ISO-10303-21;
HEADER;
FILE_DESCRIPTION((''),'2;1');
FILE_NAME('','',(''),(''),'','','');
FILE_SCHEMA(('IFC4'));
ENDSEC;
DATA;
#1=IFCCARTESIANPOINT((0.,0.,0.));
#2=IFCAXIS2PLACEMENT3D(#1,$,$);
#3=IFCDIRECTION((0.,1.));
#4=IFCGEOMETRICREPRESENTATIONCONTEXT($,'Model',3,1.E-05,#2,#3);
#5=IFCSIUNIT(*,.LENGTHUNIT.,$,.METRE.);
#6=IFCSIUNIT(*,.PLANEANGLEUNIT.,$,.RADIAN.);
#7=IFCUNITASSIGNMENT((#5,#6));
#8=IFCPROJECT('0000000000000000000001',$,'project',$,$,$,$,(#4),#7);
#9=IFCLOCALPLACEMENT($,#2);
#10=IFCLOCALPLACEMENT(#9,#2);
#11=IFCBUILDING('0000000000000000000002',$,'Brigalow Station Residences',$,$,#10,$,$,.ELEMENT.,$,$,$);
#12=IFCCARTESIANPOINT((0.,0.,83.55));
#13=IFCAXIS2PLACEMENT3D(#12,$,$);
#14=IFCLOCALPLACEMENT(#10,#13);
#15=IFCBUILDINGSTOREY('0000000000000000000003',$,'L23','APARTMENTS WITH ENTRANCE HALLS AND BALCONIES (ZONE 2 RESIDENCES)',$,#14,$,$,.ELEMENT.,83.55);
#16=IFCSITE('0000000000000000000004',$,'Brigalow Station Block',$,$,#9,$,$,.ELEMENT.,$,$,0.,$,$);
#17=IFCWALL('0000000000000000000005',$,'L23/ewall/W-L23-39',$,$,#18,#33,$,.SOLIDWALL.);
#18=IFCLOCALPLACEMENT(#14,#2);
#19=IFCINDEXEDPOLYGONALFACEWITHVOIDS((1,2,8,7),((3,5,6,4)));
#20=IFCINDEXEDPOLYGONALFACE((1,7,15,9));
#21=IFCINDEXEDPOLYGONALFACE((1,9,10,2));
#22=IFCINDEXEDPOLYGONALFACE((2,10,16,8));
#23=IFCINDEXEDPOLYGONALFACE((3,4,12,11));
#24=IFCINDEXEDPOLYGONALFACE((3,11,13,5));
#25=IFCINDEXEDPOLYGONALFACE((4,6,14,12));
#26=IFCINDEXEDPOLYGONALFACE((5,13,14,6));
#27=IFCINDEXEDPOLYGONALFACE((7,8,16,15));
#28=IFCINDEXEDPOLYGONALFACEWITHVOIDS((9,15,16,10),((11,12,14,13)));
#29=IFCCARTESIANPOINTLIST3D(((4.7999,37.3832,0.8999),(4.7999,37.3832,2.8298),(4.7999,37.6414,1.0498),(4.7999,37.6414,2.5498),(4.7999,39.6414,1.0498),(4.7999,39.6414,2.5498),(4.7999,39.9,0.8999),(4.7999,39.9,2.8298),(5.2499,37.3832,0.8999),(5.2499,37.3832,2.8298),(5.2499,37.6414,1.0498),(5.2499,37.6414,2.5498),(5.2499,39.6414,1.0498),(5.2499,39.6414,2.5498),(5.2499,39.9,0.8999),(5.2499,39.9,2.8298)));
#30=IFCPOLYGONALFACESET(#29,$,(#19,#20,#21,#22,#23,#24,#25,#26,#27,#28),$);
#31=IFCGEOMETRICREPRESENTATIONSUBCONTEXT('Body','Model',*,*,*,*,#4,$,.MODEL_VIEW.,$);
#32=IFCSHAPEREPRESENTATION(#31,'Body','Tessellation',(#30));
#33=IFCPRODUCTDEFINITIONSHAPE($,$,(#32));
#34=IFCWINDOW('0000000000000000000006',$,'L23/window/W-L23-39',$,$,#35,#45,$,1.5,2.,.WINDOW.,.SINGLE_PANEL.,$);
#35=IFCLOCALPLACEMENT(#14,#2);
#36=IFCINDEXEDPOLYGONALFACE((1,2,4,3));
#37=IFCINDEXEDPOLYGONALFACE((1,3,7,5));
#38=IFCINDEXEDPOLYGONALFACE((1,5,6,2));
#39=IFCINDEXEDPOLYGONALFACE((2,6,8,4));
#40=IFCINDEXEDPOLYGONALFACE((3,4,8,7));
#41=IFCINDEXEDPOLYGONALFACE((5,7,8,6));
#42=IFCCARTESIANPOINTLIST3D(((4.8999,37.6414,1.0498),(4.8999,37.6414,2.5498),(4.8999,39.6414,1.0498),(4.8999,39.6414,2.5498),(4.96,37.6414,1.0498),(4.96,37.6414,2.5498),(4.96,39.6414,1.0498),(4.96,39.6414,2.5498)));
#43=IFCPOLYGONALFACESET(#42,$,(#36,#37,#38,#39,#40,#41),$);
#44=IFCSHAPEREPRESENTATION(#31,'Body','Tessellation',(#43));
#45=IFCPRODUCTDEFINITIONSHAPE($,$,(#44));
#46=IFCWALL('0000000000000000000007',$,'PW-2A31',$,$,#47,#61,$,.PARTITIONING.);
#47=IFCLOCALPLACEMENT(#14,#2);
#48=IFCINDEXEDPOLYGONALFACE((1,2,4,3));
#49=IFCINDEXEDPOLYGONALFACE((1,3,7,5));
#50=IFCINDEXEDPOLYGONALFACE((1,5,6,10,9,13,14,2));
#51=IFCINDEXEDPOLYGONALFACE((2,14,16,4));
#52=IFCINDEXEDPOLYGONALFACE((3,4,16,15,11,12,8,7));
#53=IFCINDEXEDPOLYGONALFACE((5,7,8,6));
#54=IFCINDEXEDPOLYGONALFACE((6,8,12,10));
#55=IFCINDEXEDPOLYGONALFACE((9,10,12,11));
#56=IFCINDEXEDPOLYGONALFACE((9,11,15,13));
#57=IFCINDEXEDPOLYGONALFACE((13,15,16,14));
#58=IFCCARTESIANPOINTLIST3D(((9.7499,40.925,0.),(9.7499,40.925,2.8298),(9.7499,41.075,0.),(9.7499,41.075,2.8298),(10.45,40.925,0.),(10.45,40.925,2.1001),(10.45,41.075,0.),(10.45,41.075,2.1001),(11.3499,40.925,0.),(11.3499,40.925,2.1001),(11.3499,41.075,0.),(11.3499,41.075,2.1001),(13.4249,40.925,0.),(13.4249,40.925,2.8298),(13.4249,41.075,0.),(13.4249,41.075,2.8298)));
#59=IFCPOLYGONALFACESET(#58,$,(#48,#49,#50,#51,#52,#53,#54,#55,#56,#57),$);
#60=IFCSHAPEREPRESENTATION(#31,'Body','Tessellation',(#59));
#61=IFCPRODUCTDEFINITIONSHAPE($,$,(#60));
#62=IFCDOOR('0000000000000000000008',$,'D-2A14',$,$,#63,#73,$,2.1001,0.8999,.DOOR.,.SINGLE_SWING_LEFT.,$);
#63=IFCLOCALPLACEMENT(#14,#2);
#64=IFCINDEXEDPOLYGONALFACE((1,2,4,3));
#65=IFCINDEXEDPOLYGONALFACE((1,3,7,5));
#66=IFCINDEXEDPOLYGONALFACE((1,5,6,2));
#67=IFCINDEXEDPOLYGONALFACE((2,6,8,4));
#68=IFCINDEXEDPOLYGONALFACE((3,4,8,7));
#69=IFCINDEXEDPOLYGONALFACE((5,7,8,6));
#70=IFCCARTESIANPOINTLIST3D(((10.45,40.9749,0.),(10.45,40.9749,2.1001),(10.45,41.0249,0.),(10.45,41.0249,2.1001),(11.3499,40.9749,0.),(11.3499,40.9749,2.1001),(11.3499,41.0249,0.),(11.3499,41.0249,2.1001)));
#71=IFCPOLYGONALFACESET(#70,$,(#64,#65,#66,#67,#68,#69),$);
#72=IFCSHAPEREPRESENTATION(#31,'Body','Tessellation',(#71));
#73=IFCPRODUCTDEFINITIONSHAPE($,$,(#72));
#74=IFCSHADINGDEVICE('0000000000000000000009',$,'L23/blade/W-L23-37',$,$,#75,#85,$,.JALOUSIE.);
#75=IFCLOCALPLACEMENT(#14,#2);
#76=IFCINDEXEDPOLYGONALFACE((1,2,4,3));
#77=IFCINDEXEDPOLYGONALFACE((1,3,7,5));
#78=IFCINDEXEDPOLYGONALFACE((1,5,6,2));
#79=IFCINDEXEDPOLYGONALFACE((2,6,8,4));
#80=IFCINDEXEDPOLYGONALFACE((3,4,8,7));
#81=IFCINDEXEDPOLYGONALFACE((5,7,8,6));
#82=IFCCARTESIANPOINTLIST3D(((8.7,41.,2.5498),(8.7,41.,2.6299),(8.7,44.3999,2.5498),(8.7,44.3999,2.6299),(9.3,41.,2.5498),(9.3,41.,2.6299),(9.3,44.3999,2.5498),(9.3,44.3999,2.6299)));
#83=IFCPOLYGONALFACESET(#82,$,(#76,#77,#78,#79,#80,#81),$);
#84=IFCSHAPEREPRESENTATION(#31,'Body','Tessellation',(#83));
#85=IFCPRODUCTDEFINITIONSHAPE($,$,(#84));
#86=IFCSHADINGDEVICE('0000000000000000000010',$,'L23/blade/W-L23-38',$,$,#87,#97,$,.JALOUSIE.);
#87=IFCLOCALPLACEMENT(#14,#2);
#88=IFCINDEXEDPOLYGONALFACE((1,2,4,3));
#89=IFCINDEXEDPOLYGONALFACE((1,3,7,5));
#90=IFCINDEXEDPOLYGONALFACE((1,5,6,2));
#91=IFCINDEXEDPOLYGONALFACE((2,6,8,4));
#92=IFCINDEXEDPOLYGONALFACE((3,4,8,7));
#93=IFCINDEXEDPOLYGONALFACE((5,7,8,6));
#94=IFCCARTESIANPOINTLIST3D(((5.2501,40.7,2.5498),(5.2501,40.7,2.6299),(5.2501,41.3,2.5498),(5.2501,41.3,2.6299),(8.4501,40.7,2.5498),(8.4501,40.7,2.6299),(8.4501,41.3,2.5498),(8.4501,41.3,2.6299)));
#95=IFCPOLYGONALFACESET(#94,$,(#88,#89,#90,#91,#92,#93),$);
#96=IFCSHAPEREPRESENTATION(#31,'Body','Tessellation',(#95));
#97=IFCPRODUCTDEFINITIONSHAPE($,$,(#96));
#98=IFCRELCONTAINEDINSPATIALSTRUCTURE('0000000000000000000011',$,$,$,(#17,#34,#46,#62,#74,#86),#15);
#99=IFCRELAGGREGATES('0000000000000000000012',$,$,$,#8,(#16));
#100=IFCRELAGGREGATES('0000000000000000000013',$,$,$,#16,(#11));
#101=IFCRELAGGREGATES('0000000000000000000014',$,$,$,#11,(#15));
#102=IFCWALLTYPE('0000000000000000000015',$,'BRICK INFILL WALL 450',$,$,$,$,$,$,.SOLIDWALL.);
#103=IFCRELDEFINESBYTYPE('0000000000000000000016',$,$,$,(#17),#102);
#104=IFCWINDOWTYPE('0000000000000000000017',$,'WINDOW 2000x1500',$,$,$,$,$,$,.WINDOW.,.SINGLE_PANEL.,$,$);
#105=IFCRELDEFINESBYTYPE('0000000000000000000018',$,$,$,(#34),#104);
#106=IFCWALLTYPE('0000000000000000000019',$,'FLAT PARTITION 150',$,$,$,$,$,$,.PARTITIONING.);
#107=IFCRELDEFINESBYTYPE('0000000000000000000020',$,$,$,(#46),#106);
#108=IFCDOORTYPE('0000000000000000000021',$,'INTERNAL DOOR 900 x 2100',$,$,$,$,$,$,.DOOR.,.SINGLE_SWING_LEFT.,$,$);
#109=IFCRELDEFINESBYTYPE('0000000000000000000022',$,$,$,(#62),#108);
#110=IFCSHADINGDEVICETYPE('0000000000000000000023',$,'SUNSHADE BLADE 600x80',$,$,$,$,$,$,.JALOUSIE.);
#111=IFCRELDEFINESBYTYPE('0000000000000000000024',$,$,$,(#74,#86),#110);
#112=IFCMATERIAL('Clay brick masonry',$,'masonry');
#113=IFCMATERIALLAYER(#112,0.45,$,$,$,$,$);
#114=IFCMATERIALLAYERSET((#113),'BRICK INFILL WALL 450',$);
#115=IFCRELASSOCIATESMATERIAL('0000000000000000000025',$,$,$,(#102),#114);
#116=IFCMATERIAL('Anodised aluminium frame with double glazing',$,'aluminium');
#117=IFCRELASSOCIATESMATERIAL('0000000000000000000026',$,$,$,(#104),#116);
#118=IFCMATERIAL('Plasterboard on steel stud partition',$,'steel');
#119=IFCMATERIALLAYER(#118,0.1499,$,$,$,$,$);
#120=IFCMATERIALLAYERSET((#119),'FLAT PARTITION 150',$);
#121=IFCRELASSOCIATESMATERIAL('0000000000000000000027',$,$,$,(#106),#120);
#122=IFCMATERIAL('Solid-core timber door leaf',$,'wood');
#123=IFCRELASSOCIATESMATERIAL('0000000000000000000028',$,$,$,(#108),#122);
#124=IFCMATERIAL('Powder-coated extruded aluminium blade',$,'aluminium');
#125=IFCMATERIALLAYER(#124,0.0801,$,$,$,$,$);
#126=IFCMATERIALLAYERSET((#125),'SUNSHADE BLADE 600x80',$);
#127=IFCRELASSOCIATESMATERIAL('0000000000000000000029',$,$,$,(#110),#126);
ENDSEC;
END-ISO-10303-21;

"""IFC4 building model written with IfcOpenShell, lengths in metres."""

from ifc_helpers import new_model, si_unit, direction, frame, frame_2d, origin, origin_2d, place, context, subcontext, project, spatial, rectangle, extrude, material, layer, layer_set, type_object, element, fill, save


model = new_model("IFC4")

# Units and contexts
model_context = context("Model", 3, precision=1e-05, world=origin(), true_north=direction((0.0, 1.0)))
body_context = subcontext(model_context, "Body", "Model", "MODEL_VIEW")
ifc_project = project(units=[si_unit("LENGTHUNIT", "METRE"), si_unit("PLANEANGLEUNIT", "RADIAN")], contexts=[model_context])

# Site, building, storey
site_placement = place(None, origin())
site = spatial("IfcSite", under=ifc_project, at=site_placement, Name="Brigalow Station Block", CompositionType="ELEMENT", RefElevation=0.0)
building_placement = place(site_placement, origin())
building = spatial("IfcBuilding", under=site, at=building_placement, Name="Brigalow Station Residences", CompositionType="ELEMENT")
storey_placement = place(building_placement, frame((0.0, 0.0, 83.55)))
storey = spatial("IfcBuildingStorey", under=building, at=storey_placement, Name="L23", Description="APARTMENTS WITH ENTRANCE HALLS AND BALCONIES (ZONE 2 RESIDENCES)", CompositionType="ELEMENT", Elevation=83.55)

# Shared definitions
ifc_material_1 = material(Name="Clay brick masonry", Category="masonry")
ifc_layer_1 = layer(ifc_material_1, 0.45)
ifc_layer_set_1 = layer_set([ifc_layer_1], Name="BRICK INFILL WALL 450")
wall_type_1 = type_object("IfcWallType", Name="BRICK INFILL WALL 450", PredefinedType="SOLIDWALL", material=ifc_layer_set_1)

# Wall, opening, window
wall_1_placement = place(storey_placement, frame((5.0249, 39.8999, 0.8999), z_axis=(0.0, 0.0, 1.0), x_axis=(0.0, -1.0, 0.0)))
wall_1 = element("IfcWall", 1, at=wall_1_placement, inside=storey, type_object=wall_type_1, Name="L23/ewall/W-L23-39", PredefinedType="SOLIDWALL", context=body_context, shape_type="SweptSolid", body=[
    extrude(rectangle(XDim=2.5168, YDim=0.45, at=frame_2d((1.2583, 0.0))), origin(), (0.0, 0.0, 1.0), 1.9299),
])
opening_1_placement = place(wall_1_placement, frame((0.2585, 0.0, 0.1499)))
opening_1 = element("IfcOpeningElement", 2, at=opening_1_placement, cuts=wall_1, PredefinedType="OPENING", context=body_context, shape_type="SweptSolid", body=[
    extrude(rectangle(XDim=2.0, YDim=1.5, at=frame_2d((1.0, 0.75))), frame((0.0, 0.2349, 0.0), z_axis=(0.0, -1.0, 0.0), x_axis=(1.0, 0.0, 0.0)), (0.0, 0.0, 1.0), 0.47),
])
ifc_material_2 = material(Name="Anodised aluminium frame with double glazing", Category="aluminium")
window_type_1 = type_object("IfcWindowType", Name="WINDOW 2000x1500", PartitioningType="SINGLE_PANEL", PredefinedType="WINDOW", material=ifc_material_2)
window_1_placement = place(opening_1_placement, origin())
window_1 = element("IfcWindow", 3, at=window_1_placement, inside=storey, type_object=window_type_1, Name="L23/window/W-L23-39", OverallHeight=1.5, OverallWidth=2.0, PartitioningType="SINGLE_PANEL", PredefinedType="WINDOW", context=body_context, shape_type="SweptSolid", body=[
    extrude(rectangle(XDim=2.0, YDim=1.5, at=frame_2d((1.0, 0.75))), frame((0.0, -0.0649, 0.0), z_axis=(0.0, -1.0, 0.0), x_axis=(1.0, 0.0, 0.0)), (0.0, 0.0, 1.0), 0.0601),
])
fill(opening_1, window_1)

# Wall, opening, door
ifc_material_3 = material(Name="Plasterboard on steel stud partition", Category="steel")
ifc_layer_2 = layer(ifc_material_3, 0.1499)
ifc_layer_set_2 = layer_set([ifc_layer_2], Name="FLAT PARTITION 150")
wall_type_2 = type_object("IfcWallType", Name="FLAT PARTITION 150", PredefinedType="PARTITIONING", material=ifc_layer_set_2)
wall_2_placement = place(storey_placement, frame((9.75, 41.0, 0.0), z_axis=(0.0, 0.0, 1.0), x_axis=(1.0, 0.0, 0.0)))
wall_2 = element("IfcWall", 4, at=wall_2_placement, inside=storey, type_object=wall_type_2, Name="PW-2A31", PredefinedType="PARTITIONING", context=body_context, shape_type="SweptSolid", body=[
    extrude(rectangle(XDim=3.675, YDim=0.1499, at=frame_2d((1.8374, 0.0))), origin(), (0.0, 0.0, 1.0), 2.8298),
])
opening_2_placement = place(wall_2_placement, frame((0.7, 0.0, 0.0)))
opening_2 = element("IfcOpeningElement", 5, at=opening_2_placement, cuts=wall_2, PredefinedType="OPENING", context=body_context, shape_type="SweptSolid", body=[
    extrude(rectangle(XDim=0.8999, YDim=2.1001, at=frame_2d((0.45, 1.05))), frame((0.0, 0.085, 0.0), z_axis=(0.0, -1.0, 0.0), x_axis=(1.0, 0.0, 0.0)), (0.0, 0.0, 1.0), 0.1699),
])
ifc_material_4 = material(Name="Solid-core timber door leaf", Category="wood")
door_type_1 = type_object("IfcDoorType", Name="INTERNAL DOOR 900 x 2100", OperationType="SINGLE_SWING_LEFT", PredefinedType="DOOR", material=ifc_material_4)
door_1_placement = place(opening_2_placement, origin())
door_1 = element("IfcDoor", 6, at=door_1_placement, inside=storey, type_object=door_type_1, Name="D-2A14", OperationType="SINGLE_SWING_LEFT", OverallHeight=2.1001, OverallWidth=0.8999, PredefinedType="DOOR", context=body_context, shape_type="SweptSolid", body=[
    extrude(rectangle(XDim=0.8999, YDim=2.1001, at=frame_2d((0.45, 1.05))), frame((0.0, 0.0249, 0.0), z_axis=(0.0, -1.0, 0.0), x_axis=(1.0, 0.0, 0.0)), (0.0, 0.0, 1.0), 0.05),
])
fill(opening_2, door_1)

# Shading devices
ifc_material_5 = material(Name="Powder-coated extruded aluminium blade", Category="aluminium")
ifc_layer_3 = layer(ifc_material_5, 0.0801)
ifc_layer_set_3 = layer_set([ifc_layer_3], Name="SUNSHADE BLADE 600x80")
shading_device_type = type_object("IfcShadingDeviceType", Name="SUNSHADE BLADE 600x80", PredefinedType="JALOUSIE", material=ifc_layer_set_3)
shading_device_1_placement = place(storey_placement, frame((9.0, 42.7, 2.5498), z_axis=(0.0, 0.0, 1.0), x_axis=(0.0, -1.0, 0.0)))
element("IfcShadingDevice", 7, at=shading_device_1_placement, inside=storey, type_object=shading_device_type, Name="L23/blade/W-L23-37", PredefinedType="JALOUSIE", context=body_context, shape_type="SweptSolid", body=[
    extrude(rectangle(XDim=3.3999, YDim=0.6001, at=origin_2d()), origin(), (0.0, 0.0, 1.0), 0.0801),
])
shading_device_2_placement = place(storey_placement, frame((6.8501, 41.0, 2.5498), z_axis=(0.0, 0.0, 1.0), x_axis=(-1.0, 0.0, 0.0)))
element("IfcShadingDevice", 8, at=shading_device_2_placement, inside=storey, type_object=shading_device_type, Name="L23/blade/W-L23-38", PredefinedType="JALOUSIE", context=body_context, shape_type="SweptSolid", body=[
    extrude(rectangle(XDim=3.2, YDim=0.6001, at=origin_2d()), origin(), (0.0, 0.0, 1.0), 0.0801),
])

save(model, "model.ifc")
